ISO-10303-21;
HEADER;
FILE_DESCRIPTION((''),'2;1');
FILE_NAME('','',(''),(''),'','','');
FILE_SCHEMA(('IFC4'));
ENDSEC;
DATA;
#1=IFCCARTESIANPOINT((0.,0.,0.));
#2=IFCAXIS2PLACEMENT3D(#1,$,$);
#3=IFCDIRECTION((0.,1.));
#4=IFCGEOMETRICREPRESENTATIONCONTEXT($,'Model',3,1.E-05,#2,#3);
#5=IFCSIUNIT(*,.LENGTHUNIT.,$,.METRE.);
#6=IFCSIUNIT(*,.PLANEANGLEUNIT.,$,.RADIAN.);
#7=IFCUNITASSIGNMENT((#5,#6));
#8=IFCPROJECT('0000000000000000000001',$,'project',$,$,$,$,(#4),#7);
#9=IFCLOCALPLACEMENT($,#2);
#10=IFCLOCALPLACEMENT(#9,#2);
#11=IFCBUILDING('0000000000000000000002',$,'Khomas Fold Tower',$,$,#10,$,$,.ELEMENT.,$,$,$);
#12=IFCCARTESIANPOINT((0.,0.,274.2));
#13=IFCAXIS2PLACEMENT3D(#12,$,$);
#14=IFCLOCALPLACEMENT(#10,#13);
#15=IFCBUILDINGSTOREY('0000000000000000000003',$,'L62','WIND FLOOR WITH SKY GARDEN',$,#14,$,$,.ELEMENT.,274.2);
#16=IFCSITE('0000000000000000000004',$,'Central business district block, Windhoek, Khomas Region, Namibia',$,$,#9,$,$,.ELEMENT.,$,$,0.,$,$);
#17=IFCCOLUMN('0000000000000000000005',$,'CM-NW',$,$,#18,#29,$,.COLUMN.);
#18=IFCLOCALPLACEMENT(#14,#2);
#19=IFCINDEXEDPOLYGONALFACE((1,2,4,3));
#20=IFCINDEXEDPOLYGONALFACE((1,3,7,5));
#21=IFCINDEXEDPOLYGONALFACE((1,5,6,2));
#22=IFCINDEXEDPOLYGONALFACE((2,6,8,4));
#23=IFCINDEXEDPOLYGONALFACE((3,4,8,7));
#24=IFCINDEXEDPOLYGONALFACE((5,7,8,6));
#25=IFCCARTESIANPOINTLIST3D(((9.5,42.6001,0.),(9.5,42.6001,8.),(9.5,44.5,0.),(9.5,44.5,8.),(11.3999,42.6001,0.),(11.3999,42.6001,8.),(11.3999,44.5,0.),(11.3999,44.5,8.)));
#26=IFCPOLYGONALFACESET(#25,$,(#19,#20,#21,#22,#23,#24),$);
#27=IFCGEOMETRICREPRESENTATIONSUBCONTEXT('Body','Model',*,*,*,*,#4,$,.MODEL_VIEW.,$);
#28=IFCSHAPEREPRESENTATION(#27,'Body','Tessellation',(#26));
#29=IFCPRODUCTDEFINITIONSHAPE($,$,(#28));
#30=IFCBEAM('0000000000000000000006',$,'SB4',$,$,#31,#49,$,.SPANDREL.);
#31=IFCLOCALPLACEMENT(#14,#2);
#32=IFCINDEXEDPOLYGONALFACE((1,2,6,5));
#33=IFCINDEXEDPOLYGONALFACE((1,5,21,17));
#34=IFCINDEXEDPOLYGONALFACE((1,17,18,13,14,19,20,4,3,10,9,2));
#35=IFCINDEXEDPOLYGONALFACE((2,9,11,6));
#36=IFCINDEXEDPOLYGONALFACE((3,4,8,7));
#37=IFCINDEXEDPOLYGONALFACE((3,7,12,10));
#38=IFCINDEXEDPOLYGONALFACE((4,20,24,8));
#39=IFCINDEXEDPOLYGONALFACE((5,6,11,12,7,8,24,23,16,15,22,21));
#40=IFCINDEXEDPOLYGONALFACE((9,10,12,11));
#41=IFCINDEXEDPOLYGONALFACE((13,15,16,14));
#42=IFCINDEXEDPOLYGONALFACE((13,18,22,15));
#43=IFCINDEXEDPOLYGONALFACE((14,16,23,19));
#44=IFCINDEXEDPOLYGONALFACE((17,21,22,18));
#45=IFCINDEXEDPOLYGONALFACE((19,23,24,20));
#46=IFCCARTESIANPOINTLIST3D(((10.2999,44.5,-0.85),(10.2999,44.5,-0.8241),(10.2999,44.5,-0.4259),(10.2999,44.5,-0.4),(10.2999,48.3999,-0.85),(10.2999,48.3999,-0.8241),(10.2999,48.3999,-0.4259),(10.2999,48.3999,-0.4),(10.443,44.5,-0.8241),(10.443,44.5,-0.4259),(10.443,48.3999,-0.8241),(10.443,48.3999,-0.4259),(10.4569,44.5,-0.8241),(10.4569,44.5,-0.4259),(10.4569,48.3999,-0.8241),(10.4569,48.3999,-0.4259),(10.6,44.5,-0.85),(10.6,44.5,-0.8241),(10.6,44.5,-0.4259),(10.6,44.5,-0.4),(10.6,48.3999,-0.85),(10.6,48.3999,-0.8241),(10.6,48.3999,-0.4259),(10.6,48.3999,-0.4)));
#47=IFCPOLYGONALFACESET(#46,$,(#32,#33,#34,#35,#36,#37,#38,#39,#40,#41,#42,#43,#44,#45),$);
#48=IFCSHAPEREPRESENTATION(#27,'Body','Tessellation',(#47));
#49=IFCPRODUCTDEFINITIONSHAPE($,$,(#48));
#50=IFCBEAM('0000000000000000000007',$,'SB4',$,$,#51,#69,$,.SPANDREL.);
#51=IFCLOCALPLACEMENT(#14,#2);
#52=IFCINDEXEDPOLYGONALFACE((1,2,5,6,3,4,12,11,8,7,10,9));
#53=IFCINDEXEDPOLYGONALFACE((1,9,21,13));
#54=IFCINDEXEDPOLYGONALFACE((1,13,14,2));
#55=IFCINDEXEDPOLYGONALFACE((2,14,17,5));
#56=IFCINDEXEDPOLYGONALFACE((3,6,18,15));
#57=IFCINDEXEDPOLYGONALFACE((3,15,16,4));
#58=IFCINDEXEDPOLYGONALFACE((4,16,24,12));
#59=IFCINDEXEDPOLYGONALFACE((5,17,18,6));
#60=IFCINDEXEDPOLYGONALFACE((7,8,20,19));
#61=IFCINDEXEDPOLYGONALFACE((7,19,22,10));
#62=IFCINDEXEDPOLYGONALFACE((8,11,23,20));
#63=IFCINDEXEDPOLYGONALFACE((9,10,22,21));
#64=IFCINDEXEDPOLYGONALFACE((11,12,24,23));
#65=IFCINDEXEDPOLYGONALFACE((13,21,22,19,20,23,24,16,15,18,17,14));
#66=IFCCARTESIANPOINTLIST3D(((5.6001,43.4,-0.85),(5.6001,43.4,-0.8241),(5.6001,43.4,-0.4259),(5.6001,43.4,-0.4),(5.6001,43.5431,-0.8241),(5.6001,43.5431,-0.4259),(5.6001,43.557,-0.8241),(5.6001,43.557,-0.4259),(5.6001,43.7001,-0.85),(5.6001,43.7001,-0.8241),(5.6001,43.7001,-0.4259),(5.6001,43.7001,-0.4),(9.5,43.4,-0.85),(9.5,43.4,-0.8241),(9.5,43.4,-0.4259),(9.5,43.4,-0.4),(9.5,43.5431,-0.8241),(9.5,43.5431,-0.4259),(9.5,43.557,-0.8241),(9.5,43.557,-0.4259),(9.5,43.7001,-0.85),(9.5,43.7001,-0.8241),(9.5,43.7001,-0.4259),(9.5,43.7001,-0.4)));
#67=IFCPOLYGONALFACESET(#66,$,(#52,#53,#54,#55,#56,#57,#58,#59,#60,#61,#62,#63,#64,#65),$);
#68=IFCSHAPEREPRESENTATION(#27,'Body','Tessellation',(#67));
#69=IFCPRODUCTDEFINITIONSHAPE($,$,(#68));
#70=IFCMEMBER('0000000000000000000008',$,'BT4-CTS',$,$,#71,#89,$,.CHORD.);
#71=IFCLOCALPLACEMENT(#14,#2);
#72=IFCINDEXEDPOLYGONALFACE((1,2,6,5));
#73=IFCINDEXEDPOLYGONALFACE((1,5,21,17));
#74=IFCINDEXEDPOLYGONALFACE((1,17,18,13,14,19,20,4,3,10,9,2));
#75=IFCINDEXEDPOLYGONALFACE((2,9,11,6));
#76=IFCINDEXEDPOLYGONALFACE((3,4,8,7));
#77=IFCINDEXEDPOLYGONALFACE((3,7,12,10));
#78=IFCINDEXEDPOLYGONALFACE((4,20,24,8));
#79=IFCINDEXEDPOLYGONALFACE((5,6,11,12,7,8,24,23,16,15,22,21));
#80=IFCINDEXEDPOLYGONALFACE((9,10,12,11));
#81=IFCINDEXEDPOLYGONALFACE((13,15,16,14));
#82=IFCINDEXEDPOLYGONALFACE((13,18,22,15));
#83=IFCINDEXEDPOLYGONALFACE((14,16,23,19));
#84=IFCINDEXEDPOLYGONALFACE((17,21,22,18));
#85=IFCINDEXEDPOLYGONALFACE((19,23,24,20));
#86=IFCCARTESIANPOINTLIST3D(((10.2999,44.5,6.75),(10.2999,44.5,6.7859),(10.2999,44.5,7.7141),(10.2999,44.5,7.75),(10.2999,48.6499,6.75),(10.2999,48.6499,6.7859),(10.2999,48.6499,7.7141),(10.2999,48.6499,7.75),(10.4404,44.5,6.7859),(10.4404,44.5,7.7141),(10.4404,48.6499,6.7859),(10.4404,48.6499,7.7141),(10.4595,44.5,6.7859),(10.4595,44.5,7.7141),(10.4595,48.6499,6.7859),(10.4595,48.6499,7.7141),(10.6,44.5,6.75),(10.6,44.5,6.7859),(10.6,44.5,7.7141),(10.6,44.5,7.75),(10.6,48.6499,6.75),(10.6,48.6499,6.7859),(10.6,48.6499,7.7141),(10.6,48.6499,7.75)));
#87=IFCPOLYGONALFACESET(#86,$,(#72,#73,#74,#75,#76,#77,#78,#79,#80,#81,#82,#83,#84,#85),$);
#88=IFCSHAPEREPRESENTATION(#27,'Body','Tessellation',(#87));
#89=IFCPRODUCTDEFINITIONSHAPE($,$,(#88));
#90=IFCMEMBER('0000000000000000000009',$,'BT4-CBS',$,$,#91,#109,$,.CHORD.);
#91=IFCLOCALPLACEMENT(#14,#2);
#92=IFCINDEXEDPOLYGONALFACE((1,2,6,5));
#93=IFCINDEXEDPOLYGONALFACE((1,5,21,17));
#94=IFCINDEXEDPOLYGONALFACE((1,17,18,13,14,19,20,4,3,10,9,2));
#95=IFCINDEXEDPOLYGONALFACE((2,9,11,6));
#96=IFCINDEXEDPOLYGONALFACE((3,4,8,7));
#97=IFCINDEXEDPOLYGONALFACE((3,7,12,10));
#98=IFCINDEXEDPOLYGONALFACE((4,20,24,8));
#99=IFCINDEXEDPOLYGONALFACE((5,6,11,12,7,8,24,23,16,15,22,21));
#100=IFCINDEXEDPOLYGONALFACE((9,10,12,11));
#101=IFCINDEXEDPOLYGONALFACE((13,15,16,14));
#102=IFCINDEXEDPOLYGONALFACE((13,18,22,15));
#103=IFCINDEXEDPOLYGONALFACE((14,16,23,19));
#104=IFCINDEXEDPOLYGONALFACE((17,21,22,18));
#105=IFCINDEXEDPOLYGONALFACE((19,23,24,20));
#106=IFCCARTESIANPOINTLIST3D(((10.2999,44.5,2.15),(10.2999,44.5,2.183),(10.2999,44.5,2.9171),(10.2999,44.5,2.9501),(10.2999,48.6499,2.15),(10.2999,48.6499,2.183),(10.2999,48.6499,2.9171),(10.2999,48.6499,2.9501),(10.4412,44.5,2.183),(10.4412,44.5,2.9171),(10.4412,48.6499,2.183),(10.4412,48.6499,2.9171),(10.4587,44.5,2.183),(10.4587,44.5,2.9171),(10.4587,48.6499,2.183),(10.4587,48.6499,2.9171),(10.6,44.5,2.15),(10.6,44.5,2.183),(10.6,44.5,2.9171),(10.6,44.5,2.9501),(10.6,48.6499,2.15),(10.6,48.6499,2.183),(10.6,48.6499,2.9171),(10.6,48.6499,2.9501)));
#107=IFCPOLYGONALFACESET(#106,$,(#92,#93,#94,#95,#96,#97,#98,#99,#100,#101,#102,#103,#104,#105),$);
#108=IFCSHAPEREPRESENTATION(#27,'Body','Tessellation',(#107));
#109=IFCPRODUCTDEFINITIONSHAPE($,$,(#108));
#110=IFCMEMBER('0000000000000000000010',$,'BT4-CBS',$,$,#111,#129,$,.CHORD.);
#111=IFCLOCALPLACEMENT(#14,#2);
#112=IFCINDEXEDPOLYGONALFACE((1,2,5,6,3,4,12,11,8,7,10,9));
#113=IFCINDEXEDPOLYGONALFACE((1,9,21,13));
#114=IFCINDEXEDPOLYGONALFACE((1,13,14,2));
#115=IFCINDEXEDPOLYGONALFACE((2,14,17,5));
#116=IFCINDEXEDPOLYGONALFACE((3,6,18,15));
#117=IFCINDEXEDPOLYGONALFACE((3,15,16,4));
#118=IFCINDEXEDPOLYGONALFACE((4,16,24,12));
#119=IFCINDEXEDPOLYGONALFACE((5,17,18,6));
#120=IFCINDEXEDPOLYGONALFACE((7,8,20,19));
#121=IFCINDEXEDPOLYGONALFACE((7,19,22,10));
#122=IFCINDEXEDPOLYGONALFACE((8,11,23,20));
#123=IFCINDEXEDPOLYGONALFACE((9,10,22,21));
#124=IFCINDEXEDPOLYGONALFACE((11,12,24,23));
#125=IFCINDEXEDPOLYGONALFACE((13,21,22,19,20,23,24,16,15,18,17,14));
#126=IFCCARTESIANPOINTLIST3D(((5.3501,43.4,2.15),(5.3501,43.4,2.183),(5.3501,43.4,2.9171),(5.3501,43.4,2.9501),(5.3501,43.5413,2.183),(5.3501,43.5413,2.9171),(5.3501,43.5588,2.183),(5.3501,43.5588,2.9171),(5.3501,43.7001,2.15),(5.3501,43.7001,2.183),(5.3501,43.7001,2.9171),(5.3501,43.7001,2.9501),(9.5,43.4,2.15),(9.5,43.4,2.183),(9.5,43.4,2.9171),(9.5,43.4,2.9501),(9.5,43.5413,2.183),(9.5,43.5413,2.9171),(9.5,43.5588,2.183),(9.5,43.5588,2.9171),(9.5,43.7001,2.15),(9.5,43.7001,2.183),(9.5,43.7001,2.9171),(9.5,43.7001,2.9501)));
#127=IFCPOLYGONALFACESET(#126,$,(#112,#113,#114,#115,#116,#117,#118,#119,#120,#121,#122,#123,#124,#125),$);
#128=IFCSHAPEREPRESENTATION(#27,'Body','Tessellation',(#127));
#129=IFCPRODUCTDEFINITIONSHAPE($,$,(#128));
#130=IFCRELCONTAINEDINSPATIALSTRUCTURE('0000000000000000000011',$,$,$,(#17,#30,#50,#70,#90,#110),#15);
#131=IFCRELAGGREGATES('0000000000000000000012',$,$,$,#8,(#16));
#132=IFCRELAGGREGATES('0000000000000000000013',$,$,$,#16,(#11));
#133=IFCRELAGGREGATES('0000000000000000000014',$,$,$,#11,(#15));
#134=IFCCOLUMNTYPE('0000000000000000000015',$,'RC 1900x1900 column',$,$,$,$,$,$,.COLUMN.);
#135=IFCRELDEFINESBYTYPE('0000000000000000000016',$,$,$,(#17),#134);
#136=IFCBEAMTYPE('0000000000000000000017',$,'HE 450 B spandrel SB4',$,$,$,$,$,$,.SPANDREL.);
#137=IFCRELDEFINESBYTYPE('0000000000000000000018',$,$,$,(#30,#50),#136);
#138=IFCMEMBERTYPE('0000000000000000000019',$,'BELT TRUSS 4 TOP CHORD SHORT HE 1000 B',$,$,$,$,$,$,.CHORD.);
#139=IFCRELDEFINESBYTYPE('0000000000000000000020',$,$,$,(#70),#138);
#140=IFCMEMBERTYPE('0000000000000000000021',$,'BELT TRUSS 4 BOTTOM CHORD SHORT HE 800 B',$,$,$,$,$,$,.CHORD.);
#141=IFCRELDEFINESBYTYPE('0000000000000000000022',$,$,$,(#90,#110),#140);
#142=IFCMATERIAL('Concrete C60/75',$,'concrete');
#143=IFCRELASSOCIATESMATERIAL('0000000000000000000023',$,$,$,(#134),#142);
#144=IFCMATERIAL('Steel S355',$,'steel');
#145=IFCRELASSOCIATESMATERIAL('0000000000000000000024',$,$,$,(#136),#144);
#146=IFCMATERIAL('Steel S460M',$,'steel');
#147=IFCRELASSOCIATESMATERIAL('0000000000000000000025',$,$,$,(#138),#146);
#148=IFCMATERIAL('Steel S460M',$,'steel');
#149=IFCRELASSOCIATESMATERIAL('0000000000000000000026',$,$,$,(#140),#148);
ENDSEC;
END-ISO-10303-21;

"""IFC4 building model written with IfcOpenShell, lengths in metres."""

from ifc_helpers import new_model, si_unit, direction, frame, origin, origin_2d, place, context, subcontext, project, spatial, rectangle, i_section, extrude, source, transform, mapped, material, material_profile, profile_set, type_object, element, save


model = new_model("IFC4")

# Units and contexts
model_context = context("Model", 3, precision=1e-05, world=origin(), true_north=direction((0.0, 1.0)))
body_context = subcontext(model_context, "Body", "Model", "MODEL_VIEW")
ifc_project = project(units=[si_unit("LENGTHUNIT", "METRE"), si_unit("PLANEANGLEUNIT", "RADIAN")], contexts=[model_context])

# Site, building, storey
site_placement = place(None, origin())
site = spatial("IfcSite", under=ifc_project, at=site_placement, Name="Central business district block, Windhoek, Khomas Region, Namibia", CompositionType="ELEMENT", RefElevation=0.0)
building_placement = place(site_placement, origin())
building = spatial("IfcBuilding", under=site, at=building_placement, Name="Khomas Fold Tower", CompositionType="ELEMENT")
storey_placement = place(building_placement, frame((0.0, 0.0, 274.2)))
storey = spatial("IfcBuildingStorey", under=building, at=storey_placement, Name="L62", Description="WIND FLOOR WITH SKY GARDEN", CompositionType="ELEMENT", Elevation=274.2)

# Column
ifc_material_1 = material(Name="Concrete C60/75", Category="concrete")
ifc_material_profile_1 = material_profile(ifc_material_1, rectangle(XDim=1.8999, YDim=1.8999, at=origin_2d()), Name="RC 1900x1900")
ifc_profile_set_1 = profile_set([ifc_material_profile_1], Name="Concrete C60/75")
column_type = type_object("IfcColumnType", Name="RC 1900x1900 column", PredefinedType="COLUMN", material=ifc_profile_set_1)
shared_shape_1 = source(origin(), body_context, "Body", "SweptSolid", [
    extrude(rectangle(XDim=1.8999, YDim=1.8999, at=origin_2d()), origin(), (0.0, 0.0, 1.0), 8.0),
])
column_placement = place(storey_placement, frame((10.45, 43.55, 0.0), z_axis=(0.0, 0.0, 1.0), x_axis=(1.0, 0.0, 0.0)))
element("IfcColumn", 1, at=column_placement, inside=storey, type_object=column_type, Name="CM-NW", PredefinedType="COLUMN", context=body_context, shape_type="MappedRepresentation", body=[
    mapped(shared_shape_1, transform((0.0, 0.0, 0.0))),
])

# Beams
ifc_material_2 = material(Name="Steel S355", Category="steel")
ifc_material_profile_2 = material_profile(ifc_material_2, i_section(OverallWidth=0.3, OverallDepth=0.45, WebThickness=0.0139, FlangeThickness=0.0259, at=origin_2d()), Name="HE 450 B")
ifc_profile_set_2 = profile_set([ifc_material_profile_2], Name="Steel S355")
beam_type = type_object("IfcBeamType", Name="HE 450 B spandrel SB4", PredefinedType="SPANDREL", material=ifc_profile_set_2)
shared_shape_2 = source(origin(), body_context, "Body", "SweptSolid", [
    extrude(i_section(OverallWidth=0.3, OverallDepth=0.45, WebThickness=0.0139, FlangeThickness=0.0259, at=origin_2d()), origin(), (0.0, 0.0, 1.0), 3.8999),
])
for number, where, z_axis, x_axis, name in (
    (2, (10.45, 44.5, -0.625), (0.0, 1.0, 0.0), (-1.0, 0.0, 0.0), "SB4"),
    (3, (5.6001, 43.55, -0.625), (1.0, 0.0, 0.0), (0.0, 1.0, 0.0), "SB4"),
):
    element("IfcBeam", number, at=place(storey_placement, frame(where, z_axis=z_axis, x_axis=x_axis)), inside=storey, type_object=beam_type, Name=name, PredefinedType="SPANDREL", context=body_context, shape_type="MappedRepresentation", body=[
        mapped(shared_shape_2, transform((0.0, 0.0, 0.0))),
    ])

# Members
ifc_material_3 = material(Name="Steel S460M", Category="steel")
ifc_material_profile_3 = material_profile(ifc_material_3, i_section(OverallWidth=0.3, OverallDepth=1.0, WebThickness=0.019, FlangeThickness=0.0359, at=origin_2d()), Name="HE 1000 B")
ifc_profile_set_3 = profile_set([ifc_material_profile_3], Name="Steel S460M")
member_type_1 = type_object("IfcMemberType", Name="BELT TRUSS 4 TOP CHORD SHORT HE 1000 B", PredefinedType="CHORD", material=ifc_profile_set_3)
shared_shape_3 = source(origin(), body_context, "Body", "SweptSolid", [
    extrude(i_section(OverallWidth=0.3, OverallDepth=1.0, WebThickness=0.019, FlangeThickness=0.0359, at=origin_2d()), origin(), (0.0, 0.0, 1.0), 4.1499),
])
member_1_placement = place(storey_placement, frame((10.45, 48.6499, 7.25), z_axis=(0.0, -1.0, 0.0), x_axis=(1.0, 0.0, 0.0)))
element("IfcMember", 4, at=member_1_placement, inside=storey, type_object=member_type_1, Name="BT4-CTS", PredefinedType="CHORD", context=body_context, shape_type="MappedRepresentation", body=[
    mapped(shared_shape_3, transform((0.0, 0.0, 0.0))),
])
ifc_material_4 = material(Name="Steel S460M", Category="steel")
ifc_material_profile_4 = material_profile(ifc_material_4, i_section(OverallWidth=0.3, OverallDepth=0.8, WebThickness=0.0176, FlangeThickness=0.033, at=origin_2d()), Name="HE 800 B")
ifc_profile_set_4 = profile_set([ifc_material_profile_4], Name="Steel S460M")
member_type_2 = type_object("IfcMemberType", Name="BELT TRUSS 4 BOTTOM CHORD SHORT HE 800 B", PredefinedType="CHORD", material=ifc_profile_set_4)
shared_shape_4 = source(origin(), body_context, "Body", "SweptSolid", [
    extrude(i_section(OverallWidth=0.3, OverallDepth=0.8, WebThickness=0.0176, FlangeThickness=0.033, at=origin_2d()), origin(), (0.0, 0.0, 1.0), 4.1499),
])
for number, where, z_axis, x_axis, name in (
    (5, (10.45, 48.6499, 2.55), (0.0, -1.0, 0.0), (1.0, 0.0, 0.0), "BT4-CBS"),
    (6, (5.3501, 43.55, 2.55), (1.0, 0.0, 0.0), (0.0, 1.0, 0.0), "BT4-CBS"),
):
    element("IfcMember", number, at=place(storey_placement, frame(where, z_axis=z_axis, x_axis=x_axis)), inside=storey, type_object=member_type_2, Name=name, PredefinedType="CHORD", context=body_context, shape_type="MappedRepresentation", body=[
        mapped(shared_shape_4, transform((0.0, 0.0, 0.0))),
    ])

save(model, "model.ifc")
